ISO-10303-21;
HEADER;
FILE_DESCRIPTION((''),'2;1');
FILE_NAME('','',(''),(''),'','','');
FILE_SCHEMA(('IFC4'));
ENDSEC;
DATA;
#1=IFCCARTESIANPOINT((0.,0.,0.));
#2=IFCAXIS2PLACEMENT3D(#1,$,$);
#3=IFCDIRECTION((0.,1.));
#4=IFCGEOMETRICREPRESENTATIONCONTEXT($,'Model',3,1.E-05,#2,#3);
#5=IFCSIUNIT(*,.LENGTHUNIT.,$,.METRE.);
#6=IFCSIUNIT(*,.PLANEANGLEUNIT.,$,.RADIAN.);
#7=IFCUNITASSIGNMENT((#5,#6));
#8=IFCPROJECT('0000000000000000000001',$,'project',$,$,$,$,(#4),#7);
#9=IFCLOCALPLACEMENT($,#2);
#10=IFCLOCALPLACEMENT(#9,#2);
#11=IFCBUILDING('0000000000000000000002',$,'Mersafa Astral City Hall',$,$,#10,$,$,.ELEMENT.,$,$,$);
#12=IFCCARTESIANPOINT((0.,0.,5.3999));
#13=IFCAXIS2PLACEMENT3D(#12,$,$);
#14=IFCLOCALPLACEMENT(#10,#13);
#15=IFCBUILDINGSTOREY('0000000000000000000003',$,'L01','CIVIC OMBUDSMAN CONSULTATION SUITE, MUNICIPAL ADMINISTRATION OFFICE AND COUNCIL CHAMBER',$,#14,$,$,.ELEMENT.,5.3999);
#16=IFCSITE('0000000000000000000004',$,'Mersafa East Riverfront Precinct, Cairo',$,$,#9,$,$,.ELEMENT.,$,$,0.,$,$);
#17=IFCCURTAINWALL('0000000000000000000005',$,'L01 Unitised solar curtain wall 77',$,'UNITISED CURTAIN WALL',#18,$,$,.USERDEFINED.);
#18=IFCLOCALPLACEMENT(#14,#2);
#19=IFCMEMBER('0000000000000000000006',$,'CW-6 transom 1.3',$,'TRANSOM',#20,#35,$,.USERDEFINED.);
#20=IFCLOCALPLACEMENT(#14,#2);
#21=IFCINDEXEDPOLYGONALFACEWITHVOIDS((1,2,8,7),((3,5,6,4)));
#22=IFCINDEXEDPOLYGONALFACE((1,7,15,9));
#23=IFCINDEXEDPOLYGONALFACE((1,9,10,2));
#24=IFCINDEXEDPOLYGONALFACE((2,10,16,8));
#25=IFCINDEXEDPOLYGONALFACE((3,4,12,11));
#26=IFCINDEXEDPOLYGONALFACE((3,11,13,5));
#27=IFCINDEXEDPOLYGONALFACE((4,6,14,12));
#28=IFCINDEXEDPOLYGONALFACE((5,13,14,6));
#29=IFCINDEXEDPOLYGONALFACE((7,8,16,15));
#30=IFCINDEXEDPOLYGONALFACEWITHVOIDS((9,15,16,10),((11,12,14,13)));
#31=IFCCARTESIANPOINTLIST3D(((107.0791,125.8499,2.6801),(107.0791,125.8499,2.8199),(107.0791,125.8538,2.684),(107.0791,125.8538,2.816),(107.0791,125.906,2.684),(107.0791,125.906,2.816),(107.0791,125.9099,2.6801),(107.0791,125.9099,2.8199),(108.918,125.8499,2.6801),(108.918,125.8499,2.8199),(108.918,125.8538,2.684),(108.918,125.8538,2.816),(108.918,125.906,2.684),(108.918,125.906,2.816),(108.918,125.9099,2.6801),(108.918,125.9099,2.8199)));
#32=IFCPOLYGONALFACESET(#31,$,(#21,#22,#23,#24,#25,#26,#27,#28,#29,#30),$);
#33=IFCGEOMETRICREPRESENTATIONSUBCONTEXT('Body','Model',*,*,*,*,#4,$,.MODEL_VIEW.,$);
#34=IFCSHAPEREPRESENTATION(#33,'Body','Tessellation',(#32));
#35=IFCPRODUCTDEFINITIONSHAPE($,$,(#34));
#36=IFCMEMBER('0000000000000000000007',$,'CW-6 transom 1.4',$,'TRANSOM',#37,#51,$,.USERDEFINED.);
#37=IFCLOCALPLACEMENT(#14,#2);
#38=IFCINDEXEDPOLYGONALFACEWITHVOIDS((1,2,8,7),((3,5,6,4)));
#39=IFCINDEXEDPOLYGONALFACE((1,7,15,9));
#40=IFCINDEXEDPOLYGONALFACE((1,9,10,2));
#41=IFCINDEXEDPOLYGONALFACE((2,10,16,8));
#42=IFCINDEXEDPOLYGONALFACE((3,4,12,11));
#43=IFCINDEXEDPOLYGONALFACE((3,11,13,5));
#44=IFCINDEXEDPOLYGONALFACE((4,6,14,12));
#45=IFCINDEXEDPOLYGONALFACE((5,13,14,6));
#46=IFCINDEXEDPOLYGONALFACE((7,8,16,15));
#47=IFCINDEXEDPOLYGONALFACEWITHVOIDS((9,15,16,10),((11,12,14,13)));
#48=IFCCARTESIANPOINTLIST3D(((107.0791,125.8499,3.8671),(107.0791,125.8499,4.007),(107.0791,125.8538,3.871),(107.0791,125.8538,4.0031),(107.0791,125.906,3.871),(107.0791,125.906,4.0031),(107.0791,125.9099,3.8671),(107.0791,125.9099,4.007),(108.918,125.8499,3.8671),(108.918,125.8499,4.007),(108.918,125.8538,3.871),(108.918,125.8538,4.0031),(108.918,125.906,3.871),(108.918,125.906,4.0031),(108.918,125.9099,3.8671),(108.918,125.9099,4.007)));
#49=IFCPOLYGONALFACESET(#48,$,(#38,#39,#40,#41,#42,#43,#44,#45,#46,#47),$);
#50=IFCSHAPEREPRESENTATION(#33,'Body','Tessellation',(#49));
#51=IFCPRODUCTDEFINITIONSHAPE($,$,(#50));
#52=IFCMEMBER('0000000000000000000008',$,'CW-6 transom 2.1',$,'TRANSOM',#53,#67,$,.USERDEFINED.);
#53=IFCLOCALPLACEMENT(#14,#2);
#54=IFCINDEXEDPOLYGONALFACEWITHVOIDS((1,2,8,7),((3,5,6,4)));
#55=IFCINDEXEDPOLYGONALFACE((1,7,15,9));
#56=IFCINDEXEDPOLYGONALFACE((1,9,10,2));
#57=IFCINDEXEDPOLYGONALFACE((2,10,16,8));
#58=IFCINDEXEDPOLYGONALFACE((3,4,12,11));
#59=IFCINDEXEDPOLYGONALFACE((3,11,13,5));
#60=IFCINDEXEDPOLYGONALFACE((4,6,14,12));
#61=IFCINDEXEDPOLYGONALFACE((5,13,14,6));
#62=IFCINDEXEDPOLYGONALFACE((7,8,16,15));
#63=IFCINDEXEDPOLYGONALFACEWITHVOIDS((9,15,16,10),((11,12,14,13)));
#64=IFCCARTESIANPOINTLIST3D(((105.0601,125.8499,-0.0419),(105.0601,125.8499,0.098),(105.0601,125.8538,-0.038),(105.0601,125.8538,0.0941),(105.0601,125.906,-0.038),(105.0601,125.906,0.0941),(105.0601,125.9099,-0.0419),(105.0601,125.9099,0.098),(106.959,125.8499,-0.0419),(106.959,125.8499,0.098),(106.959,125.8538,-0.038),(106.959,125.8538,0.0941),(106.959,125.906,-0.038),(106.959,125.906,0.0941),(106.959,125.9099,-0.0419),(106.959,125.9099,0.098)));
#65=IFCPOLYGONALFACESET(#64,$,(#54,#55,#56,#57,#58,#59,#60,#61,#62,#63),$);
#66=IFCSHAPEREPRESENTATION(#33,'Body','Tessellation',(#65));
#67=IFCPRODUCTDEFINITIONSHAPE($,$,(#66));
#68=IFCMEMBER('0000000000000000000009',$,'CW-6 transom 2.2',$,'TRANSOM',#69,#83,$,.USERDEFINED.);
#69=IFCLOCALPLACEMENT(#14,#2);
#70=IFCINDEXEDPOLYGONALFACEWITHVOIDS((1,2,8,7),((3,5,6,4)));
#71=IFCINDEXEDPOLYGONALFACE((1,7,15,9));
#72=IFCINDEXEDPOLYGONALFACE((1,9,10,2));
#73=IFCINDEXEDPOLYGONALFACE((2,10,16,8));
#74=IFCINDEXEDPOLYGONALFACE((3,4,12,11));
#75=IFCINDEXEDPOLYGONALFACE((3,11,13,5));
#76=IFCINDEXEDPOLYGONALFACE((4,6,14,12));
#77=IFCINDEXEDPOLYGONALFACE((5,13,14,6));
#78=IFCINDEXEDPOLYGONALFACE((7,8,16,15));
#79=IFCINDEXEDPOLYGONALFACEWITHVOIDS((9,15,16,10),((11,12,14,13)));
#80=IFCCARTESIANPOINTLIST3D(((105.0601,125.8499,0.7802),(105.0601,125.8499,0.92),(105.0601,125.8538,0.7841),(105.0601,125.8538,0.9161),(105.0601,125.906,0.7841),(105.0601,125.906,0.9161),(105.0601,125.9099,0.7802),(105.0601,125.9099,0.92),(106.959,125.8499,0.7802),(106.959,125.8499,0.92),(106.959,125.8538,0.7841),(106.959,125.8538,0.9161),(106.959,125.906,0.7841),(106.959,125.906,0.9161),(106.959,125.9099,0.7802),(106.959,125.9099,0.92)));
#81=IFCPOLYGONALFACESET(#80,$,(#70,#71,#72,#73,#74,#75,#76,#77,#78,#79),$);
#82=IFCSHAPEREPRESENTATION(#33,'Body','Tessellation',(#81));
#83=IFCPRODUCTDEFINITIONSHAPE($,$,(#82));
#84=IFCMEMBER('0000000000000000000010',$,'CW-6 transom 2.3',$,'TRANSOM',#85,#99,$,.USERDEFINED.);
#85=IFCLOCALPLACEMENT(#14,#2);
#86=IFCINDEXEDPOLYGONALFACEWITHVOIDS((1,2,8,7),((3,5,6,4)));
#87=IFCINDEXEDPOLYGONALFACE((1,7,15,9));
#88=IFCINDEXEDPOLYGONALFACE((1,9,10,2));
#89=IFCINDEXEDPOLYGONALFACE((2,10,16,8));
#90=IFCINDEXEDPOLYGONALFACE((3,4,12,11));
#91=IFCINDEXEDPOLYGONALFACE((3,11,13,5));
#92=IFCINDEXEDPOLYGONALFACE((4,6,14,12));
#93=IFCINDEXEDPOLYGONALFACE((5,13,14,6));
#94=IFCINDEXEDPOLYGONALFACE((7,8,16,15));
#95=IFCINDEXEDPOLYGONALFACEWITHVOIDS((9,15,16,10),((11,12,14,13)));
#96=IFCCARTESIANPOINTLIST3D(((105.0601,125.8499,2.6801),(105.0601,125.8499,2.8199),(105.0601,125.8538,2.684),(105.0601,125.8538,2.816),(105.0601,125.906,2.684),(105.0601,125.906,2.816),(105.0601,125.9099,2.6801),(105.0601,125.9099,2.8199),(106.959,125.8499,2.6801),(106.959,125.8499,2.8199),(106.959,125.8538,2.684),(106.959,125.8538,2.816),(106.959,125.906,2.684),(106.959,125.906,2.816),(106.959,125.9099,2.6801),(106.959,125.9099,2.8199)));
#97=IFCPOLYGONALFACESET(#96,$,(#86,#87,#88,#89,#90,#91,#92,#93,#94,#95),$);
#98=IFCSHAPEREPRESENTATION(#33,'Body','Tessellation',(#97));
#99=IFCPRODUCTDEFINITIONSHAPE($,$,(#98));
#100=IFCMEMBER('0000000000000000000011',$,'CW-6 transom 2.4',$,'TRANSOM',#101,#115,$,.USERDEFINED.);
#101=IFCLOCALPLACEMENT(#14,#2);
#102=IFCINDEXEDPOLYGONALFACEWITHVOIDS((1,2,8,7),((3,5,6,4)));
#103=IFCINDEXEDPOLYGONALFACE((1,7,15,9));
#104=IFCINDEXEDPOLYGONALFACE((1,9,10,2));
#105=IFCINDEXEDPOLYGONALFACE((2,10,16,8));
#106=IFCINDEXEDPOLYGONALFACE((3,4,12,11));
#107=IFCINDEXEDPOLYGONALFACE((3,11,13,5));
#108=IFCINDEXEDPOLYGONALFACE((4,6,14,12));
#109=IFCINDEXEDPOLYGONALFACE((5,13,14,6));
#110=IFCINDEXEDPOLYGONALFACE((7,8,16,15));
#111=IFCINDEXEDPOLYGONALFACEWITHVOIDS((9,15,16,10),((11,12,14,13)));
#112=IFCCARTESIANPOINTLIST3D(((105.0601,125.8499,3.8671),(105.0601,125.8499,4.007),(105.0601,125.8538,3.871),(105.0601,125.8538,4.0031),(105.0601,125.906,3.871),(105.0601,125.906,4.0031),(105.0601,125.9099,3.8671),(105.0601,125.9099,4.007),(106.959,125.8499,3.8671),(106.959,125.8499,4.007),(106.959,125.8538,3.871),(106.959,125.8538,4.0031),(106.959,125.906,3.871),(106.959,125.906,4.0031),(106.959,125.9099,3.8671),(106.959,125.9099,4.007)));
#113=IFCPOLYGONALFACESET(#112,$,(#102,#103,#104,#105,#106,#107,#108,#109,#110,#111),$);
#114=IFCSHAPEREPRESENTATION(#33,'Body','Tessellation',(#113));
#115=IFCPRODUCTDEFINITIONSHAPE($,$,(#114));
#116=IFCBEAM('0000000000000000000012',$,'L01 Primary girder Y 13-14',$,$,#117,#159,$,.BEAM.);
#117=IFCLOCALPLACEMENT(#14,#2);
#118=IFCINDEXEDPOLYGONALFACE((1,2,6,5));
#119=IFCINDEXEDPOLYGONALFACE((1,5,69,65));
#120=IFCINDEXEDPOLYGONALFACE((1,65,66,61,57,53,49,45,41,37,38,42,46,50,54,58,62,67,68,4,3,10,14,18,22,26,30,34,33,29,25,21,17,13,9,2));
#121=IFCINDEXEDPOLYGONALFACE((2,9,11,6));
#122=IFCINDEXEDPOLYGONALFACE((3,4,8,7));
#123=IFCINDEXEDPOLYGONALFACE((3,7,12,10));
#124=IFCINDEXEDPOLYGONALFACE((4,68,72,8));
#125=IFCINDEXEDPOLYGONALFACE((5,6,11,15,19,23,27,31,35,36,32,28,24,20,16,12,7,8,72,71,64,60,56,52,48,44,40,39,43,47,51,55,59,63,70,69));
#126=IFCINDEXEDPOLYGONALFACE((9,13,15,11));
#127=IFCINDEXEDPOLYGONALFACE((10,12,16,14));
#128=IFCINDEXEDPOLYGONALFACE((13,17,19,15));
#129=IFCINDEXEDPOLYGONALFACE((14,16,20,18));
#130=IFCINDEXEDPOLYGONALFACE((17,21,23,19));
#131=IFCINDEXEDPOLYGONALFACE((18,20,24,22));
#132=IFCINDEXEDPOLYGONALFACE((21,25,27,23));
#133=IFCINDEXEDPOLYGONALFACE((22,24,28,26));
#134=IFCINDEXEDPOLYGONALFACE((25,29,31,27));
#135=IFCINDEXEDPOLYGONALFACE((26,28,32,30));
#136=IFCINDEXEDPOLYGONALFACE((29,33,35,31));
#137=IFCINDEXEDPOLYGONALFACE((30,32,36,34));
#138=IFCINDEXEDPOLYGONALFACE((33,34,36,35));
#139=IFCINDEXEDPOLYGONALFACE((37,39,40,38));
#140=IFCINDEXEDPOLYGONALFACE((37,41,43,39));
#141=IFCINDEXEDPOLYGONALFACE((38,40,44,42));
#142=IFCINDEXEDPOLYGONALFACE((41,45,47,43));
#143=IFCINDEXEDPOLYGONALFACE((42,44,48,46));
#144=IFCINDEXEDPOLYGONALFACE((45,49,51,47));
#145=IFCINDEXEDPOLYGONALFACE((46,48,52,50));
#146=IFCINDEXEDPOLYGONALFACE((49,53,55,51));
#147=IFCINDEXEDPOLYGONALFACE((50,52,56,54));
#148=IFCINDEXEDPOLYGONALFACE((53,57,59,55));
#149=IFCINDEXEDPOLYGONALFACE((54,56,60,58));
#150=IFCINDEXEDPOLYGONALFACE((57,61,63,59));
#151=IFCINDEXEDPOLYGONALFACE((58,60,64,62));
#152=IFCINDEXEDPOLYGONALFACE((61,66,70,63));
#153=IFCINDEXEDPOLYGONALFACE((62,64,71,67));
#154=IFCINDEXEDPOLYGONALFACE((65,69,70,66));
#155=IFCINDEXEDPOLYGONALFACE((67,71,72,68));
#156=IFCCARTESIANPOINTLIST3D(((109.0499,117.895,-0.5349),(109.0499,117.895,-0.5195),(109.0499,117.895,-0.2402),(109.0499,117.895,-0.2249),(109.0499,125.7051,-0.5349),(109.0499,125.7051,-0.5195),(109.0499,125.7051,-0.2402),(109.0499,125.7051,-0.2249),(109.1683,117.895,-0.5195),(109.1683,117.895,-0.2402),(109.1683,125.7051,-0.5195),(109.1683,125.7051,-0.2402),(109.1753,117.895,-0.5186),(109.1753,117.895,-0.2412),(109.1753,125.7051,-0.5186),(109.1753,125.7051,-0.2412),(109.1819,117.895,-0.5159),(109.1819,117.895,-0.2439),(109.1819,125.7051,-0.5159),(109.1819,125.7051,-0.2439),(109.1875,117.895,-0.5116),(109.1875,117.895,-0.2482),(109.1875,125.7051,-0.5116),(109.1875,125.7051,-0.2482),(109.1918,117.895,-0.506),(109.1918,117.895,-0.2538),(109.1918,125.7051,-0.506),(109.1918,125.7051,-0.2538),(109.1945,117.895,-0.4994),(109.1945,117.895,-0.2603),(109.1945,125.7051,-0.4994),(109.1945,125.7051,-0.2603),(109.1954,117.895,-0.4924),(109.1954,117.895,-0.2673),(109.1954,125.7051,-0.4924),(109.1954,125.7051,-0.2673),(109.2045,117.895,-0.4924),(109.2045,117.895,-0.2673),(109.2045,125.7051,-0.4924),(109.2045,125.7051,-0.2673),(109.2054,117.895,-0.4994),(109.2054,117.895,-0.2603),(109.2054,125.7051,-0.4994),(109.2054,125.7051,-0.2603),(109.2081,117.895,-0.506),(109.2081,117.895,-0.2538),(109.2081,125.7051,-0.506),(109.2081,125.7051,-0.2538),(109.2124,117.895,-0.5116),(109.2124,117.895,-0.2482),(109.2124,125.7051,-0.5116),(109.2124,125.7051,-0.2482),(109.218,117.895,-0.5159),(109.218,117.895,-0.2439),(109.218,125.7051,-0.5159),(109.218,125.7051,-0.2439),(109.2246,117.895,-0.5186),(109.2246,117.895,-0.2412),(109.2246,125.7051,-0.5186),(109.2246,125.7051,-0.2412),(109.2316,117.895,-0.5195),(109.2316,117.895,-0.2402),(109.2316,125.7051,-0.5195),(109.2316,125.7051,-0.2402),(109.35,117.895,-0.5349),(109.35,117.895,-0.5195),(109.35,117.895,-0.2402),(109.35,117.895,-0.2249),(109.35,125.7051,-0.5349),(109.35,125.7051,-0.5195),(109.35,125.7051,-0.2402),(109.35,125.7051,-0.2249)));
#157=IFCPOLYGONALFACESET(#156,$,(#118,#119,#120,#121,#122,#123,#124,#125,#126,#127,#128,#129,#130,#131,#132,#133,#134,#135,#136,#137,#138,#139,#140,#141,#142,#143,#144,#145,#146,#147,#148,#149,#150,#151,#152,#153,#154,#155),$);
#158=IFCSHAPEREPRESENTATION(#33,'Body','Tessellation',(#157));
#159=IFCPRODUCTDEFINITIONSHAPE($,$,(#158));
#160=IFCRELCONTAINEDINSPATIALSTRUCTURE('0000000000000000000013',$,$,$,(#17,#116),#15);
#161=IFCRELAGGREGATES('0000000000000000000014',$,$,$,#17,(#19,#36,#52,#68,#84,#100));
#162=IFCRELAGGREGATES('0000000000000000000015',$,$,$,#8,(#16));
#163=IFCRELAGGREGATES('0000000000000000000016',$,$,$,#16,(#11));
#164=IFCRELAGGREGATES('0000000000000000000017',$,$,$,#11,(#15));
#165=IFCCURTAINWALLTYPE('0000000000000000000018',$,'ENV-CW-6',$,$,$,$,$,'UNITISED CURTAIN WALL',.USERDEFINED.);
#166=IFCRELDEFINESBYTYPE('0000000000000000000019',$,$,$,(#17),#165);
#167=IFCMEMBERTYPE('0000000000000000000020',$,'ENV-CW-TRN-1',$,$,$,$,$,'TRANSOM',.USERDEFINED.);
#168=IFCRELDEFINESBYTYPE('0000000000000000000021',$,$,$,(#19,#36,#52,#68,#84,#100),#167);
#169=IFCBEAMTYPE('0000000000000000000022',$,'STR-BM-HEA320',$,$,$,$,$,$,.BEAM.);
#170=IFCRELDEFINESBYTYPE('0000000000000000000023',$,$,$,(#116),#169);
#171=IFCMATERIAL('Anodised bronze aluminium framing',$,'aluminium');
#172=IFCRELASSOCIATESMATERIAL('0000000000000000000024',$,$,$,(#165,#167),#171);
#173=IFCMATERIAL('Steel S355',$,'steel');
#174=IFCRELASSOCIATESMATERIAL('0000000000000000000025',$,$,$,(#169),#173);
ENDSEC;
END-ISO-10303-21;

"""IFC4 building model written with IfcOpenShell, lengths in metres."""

from ifc_helpers import new_model, si_unit, direction, frame, origin, origin_2d, place, context, subcontext, project, spatial, hollow_rectangle, i_section, extrude, material, material_profile, profile_set, type_object, element, aggregate, save


model = new_model("IFC4")

# Units and contexts
model_context = context("Model", 3, precision=1e-05, world=origin(), true_north=direction((0.0, 1.0)))
body_context = subcontext(model_context, "Body", "Model", "MODEL_VIEW")
ifc_project = project(units=[si_unit("LENGTHUNIT", "METRE"), si_unit("PLANEANGLEUNIT", "RADIAN")], contexts=[model_context])

# Site, building, storey
site_placement = place(None, origin())
site = spatial("IfcSite", under=ifc_project, at=site_placement, Name="Mersafa East Riverfront Precinct, Cairo", CompositionType="ELEMENT", RefElevation=0.0)
building_placement = place(site_placement, origin())
building = spatial("IfcBuilding", under=site, at=building_placement, Name="Mersafa Astral City Hall", CompositionType="ELEMENT")
storey_placement = place(building_placement, frame((0.0, 0.0, 5.3999)))
storey = spatial("IfcBuildingStorey", under=building, at=storey_placement, Name="L01", Description="CIVIC OMBUDSMAN CONSULTATION SUITE, MUNICIPAL ADMINISTRATION OFFICE AND COUNCIL CHAMBER", CompositionType="ELEMENT", Elevation=5.3999)

# Shared definitions
ifc_material_1 = material(Name="Steel S355", Category="steel")

# Curtain wall
ifc_material_2 = material(Name="Anodised bronze aluminium framing", Category="aluminium")
curtain_wall_type = type_object("IfcCurtainWallType", Name="ENV-CW-6", ElementType="UNITISED CURTAIN WALL", PredefinedType="USERDEFINED", material=ifc_material_2)
curtain_wall_1_placement = place(storey_placement, origin())
curtain_wall_1 = element("IfcCurtainWall", 1, at=curtain_wall_1_placement, inside=storey, type_object=curtain_wall_type, Name="L01 Unitised solar curtain wall 77", ObjectType="UNITISED CURTAIN WALL", PredefinedType="USERDEFINED")

# Shared definitions
ifc_material_profile_1 = material_profile(ifc_material_2, hollow_rectangle(XDim=0.0601, YDim=0.1399, WallThickness=0.0039, at=origin_2d()), Name="RHS 60x140x4")
ifc_profile_set_1 = profile_set([ifc_material_profile_1], Name="Anodised bronze aluminium framing")
member_type_1 = type_object("IfcMemberType", Name="ENV-CW-TRN-1", ElementType="TRANSOM", PredefinedType="USERDEFINED", material=ifc_profile_set_1)

# Members
member_1_placement = place(storey_placement, frame((108.918, 125.8799, 2.75), z_axis=(-1.0, 0.0, 0.0), x_axis=(0.0, -1.0, 0.0)))
member_1 = element("IfcMember", 2, at=member_1_placement, type_object=member_type_1, Name="CW-6 transom 1.3", ObjectType="TRANSOM", PredefinedType="USERDEFINED", context=body_context, shape_type="SweptSolid", body=[
    extrude(hollow_rectangle(XDim=0.0601, YDim=0.1399, WallThickness=0.0039, at=origin_2d()), origin(), (0.0, 0.0, 1.0), 1.8389),
])
member_2_placement = place(storey_placement, frame((108.918, 125.8799, 3.937), z_axis=(-1.0, 0.0, 0.0), x_axis=(0.0, -1.0, 0.0)))
member_2 = element("IfcMember", 3, at=member_2_placement, type_object=member_type_1, Name="CW-6 transom 1.4", ObjectType="TRANSOM", PredefinedType="USERDEFINED", context=body_context, shape_type="SweptSolid", body=[
    extrude(hollow_rectangle(XDim=0.0601, YDim=0.1399, WallThickness=0.0039, at=origin_2d()), origin(), (0.0, 0.0, 1.0), 1.8389),
])
member_3_placement = place(storey_placement, frame((106.959, 125.8799, 0.0281), z_axis=(-1.0, 0.0, 0.0), x_axis=(0.0, -1.0, 0.0)))
member_3 = element("IfcMember", 4, at=member_3_placement, type_object=member_type_1, Name="CW-6 transom 2.1", ObjectType="TRANSOM", PredefinedType="USERDEFINED", context=body_context, shape_type="SweptSolid", body=[
    extrude(hollow_rectangle(XDim=0.0601, YDim=0.1399, WallThickness=0.0039, at=origin_2d()), origin(), (0.0, 0.0, 1.0), 1.8989),
])
member_4_placement = place(storey_placement, frame((106.959, 125.8799, 0.8501), z_axis=(-1.0, 0.0, 0.0), x_axis=(0.0, -1.0, 0.0)))
member_4 = element("IfcMember", 5, at=member_4_placement, type_object=member_type_1, Name="CW-6 transom 2.2", ObjectType="TRANSOM", PredefinedType="USERDEFINED", context=body_context, shape_type="SweptSolid", body=[
    extrude(hollow_rectangle(XDim=0.0601, YDim=0.1399, WallThickness=0.0039, at=origin_2d()), origin(), (0.0, 0.0, 1.0), 1.8989),
])
member_5_placement = place(storey_placement, frame((106.959, 125.8799, 2.75), z_axis=(-1.0, 0.0, 0.0), x_axis=(0.0, -1.0, 0.0)))
member_5 = element("IfcMember", 6, at=member_5_placement, type_object=member_type_1, Name="CW-6 transom 2.3", ObjectType="TRANSOM", PredefinedType="USERDEFINED", context=body_context, shape_type="SweptSolid", body=[
    extrude(hollow_rectangle(XDim=0.0601, YDim=0.1399, WallThickness=0.0039, at=origin_2d()), origin(), (0.0, 0.0, 1.0), 1.8989),
])
member_6_placement = place(storey_placement, frame((106.959, 125.8799, 3.937), z_axis=(-1.0, 0.0, 0.0), x_axis=(0.0, -1.0, 0.0)))
member_6 = element("IfcMember", 7, at=member_6_placement, type_object=member_type_1, Name="CW-6 transom 2.4", ObjectType="TRANSOM", PredefinedType="USERDEFINED", context=body_context, shape_type="SweptSolid", body=[
    extrude(hollow_rectangle(XDim=0.0601, YDim=0.1399, WallThickness=0.0039, at=origin_2d()), origin(), (0.0, 0.0, 1.0), 1.8989),
])

# Beam
ifc_material_profile_2 = material_profile(ifc_material_1, i_section(OverallWidth=0.3, OverallDepth=0.3101, WebThickness=0.009, FlangeThickness=0.0154, FilletRadius=0.0271, at=origin_2d()), Name="HEA 320")
ifc_profile_set_2 = profile_set([ifc_material_profile_2], Name="Steel S355")
beam_type_1 = type_object("IfcBeamType", Name="STR-BM-HEA320", PredefinedType="BEAM", material=ifc_profile_set_2)
beam_1_placement = place(storey_placement, frame((109.2, 117.895, -0.3799), z_axis=(0.0, 1.0, 0.0), x_axis=(-1.0, 0.0, 0.0)))
element("IfcBeam", 8, at=beam_1_placement, inside=storey, type_object=beam_type_1, Name="L01 Primary girder Y 13-14", PredefinedType="BEAM", context=body_context, shape_type="SweptSolid", body=[
    extrude(i_section(OverallWidth=0.3, OverallDepth=0.3101, WebThickness=0.009, FlangeThickness=0.0154, FilletRadius=0.0271, at=origin_2d()), origin(), (0.0, 0.0, 1.0), 7.8101),
])

aggregate(curtain_wall_1, [member_1, member_2, member_3, member_4, member_5, member_6])

save(model, "model.ifc")
